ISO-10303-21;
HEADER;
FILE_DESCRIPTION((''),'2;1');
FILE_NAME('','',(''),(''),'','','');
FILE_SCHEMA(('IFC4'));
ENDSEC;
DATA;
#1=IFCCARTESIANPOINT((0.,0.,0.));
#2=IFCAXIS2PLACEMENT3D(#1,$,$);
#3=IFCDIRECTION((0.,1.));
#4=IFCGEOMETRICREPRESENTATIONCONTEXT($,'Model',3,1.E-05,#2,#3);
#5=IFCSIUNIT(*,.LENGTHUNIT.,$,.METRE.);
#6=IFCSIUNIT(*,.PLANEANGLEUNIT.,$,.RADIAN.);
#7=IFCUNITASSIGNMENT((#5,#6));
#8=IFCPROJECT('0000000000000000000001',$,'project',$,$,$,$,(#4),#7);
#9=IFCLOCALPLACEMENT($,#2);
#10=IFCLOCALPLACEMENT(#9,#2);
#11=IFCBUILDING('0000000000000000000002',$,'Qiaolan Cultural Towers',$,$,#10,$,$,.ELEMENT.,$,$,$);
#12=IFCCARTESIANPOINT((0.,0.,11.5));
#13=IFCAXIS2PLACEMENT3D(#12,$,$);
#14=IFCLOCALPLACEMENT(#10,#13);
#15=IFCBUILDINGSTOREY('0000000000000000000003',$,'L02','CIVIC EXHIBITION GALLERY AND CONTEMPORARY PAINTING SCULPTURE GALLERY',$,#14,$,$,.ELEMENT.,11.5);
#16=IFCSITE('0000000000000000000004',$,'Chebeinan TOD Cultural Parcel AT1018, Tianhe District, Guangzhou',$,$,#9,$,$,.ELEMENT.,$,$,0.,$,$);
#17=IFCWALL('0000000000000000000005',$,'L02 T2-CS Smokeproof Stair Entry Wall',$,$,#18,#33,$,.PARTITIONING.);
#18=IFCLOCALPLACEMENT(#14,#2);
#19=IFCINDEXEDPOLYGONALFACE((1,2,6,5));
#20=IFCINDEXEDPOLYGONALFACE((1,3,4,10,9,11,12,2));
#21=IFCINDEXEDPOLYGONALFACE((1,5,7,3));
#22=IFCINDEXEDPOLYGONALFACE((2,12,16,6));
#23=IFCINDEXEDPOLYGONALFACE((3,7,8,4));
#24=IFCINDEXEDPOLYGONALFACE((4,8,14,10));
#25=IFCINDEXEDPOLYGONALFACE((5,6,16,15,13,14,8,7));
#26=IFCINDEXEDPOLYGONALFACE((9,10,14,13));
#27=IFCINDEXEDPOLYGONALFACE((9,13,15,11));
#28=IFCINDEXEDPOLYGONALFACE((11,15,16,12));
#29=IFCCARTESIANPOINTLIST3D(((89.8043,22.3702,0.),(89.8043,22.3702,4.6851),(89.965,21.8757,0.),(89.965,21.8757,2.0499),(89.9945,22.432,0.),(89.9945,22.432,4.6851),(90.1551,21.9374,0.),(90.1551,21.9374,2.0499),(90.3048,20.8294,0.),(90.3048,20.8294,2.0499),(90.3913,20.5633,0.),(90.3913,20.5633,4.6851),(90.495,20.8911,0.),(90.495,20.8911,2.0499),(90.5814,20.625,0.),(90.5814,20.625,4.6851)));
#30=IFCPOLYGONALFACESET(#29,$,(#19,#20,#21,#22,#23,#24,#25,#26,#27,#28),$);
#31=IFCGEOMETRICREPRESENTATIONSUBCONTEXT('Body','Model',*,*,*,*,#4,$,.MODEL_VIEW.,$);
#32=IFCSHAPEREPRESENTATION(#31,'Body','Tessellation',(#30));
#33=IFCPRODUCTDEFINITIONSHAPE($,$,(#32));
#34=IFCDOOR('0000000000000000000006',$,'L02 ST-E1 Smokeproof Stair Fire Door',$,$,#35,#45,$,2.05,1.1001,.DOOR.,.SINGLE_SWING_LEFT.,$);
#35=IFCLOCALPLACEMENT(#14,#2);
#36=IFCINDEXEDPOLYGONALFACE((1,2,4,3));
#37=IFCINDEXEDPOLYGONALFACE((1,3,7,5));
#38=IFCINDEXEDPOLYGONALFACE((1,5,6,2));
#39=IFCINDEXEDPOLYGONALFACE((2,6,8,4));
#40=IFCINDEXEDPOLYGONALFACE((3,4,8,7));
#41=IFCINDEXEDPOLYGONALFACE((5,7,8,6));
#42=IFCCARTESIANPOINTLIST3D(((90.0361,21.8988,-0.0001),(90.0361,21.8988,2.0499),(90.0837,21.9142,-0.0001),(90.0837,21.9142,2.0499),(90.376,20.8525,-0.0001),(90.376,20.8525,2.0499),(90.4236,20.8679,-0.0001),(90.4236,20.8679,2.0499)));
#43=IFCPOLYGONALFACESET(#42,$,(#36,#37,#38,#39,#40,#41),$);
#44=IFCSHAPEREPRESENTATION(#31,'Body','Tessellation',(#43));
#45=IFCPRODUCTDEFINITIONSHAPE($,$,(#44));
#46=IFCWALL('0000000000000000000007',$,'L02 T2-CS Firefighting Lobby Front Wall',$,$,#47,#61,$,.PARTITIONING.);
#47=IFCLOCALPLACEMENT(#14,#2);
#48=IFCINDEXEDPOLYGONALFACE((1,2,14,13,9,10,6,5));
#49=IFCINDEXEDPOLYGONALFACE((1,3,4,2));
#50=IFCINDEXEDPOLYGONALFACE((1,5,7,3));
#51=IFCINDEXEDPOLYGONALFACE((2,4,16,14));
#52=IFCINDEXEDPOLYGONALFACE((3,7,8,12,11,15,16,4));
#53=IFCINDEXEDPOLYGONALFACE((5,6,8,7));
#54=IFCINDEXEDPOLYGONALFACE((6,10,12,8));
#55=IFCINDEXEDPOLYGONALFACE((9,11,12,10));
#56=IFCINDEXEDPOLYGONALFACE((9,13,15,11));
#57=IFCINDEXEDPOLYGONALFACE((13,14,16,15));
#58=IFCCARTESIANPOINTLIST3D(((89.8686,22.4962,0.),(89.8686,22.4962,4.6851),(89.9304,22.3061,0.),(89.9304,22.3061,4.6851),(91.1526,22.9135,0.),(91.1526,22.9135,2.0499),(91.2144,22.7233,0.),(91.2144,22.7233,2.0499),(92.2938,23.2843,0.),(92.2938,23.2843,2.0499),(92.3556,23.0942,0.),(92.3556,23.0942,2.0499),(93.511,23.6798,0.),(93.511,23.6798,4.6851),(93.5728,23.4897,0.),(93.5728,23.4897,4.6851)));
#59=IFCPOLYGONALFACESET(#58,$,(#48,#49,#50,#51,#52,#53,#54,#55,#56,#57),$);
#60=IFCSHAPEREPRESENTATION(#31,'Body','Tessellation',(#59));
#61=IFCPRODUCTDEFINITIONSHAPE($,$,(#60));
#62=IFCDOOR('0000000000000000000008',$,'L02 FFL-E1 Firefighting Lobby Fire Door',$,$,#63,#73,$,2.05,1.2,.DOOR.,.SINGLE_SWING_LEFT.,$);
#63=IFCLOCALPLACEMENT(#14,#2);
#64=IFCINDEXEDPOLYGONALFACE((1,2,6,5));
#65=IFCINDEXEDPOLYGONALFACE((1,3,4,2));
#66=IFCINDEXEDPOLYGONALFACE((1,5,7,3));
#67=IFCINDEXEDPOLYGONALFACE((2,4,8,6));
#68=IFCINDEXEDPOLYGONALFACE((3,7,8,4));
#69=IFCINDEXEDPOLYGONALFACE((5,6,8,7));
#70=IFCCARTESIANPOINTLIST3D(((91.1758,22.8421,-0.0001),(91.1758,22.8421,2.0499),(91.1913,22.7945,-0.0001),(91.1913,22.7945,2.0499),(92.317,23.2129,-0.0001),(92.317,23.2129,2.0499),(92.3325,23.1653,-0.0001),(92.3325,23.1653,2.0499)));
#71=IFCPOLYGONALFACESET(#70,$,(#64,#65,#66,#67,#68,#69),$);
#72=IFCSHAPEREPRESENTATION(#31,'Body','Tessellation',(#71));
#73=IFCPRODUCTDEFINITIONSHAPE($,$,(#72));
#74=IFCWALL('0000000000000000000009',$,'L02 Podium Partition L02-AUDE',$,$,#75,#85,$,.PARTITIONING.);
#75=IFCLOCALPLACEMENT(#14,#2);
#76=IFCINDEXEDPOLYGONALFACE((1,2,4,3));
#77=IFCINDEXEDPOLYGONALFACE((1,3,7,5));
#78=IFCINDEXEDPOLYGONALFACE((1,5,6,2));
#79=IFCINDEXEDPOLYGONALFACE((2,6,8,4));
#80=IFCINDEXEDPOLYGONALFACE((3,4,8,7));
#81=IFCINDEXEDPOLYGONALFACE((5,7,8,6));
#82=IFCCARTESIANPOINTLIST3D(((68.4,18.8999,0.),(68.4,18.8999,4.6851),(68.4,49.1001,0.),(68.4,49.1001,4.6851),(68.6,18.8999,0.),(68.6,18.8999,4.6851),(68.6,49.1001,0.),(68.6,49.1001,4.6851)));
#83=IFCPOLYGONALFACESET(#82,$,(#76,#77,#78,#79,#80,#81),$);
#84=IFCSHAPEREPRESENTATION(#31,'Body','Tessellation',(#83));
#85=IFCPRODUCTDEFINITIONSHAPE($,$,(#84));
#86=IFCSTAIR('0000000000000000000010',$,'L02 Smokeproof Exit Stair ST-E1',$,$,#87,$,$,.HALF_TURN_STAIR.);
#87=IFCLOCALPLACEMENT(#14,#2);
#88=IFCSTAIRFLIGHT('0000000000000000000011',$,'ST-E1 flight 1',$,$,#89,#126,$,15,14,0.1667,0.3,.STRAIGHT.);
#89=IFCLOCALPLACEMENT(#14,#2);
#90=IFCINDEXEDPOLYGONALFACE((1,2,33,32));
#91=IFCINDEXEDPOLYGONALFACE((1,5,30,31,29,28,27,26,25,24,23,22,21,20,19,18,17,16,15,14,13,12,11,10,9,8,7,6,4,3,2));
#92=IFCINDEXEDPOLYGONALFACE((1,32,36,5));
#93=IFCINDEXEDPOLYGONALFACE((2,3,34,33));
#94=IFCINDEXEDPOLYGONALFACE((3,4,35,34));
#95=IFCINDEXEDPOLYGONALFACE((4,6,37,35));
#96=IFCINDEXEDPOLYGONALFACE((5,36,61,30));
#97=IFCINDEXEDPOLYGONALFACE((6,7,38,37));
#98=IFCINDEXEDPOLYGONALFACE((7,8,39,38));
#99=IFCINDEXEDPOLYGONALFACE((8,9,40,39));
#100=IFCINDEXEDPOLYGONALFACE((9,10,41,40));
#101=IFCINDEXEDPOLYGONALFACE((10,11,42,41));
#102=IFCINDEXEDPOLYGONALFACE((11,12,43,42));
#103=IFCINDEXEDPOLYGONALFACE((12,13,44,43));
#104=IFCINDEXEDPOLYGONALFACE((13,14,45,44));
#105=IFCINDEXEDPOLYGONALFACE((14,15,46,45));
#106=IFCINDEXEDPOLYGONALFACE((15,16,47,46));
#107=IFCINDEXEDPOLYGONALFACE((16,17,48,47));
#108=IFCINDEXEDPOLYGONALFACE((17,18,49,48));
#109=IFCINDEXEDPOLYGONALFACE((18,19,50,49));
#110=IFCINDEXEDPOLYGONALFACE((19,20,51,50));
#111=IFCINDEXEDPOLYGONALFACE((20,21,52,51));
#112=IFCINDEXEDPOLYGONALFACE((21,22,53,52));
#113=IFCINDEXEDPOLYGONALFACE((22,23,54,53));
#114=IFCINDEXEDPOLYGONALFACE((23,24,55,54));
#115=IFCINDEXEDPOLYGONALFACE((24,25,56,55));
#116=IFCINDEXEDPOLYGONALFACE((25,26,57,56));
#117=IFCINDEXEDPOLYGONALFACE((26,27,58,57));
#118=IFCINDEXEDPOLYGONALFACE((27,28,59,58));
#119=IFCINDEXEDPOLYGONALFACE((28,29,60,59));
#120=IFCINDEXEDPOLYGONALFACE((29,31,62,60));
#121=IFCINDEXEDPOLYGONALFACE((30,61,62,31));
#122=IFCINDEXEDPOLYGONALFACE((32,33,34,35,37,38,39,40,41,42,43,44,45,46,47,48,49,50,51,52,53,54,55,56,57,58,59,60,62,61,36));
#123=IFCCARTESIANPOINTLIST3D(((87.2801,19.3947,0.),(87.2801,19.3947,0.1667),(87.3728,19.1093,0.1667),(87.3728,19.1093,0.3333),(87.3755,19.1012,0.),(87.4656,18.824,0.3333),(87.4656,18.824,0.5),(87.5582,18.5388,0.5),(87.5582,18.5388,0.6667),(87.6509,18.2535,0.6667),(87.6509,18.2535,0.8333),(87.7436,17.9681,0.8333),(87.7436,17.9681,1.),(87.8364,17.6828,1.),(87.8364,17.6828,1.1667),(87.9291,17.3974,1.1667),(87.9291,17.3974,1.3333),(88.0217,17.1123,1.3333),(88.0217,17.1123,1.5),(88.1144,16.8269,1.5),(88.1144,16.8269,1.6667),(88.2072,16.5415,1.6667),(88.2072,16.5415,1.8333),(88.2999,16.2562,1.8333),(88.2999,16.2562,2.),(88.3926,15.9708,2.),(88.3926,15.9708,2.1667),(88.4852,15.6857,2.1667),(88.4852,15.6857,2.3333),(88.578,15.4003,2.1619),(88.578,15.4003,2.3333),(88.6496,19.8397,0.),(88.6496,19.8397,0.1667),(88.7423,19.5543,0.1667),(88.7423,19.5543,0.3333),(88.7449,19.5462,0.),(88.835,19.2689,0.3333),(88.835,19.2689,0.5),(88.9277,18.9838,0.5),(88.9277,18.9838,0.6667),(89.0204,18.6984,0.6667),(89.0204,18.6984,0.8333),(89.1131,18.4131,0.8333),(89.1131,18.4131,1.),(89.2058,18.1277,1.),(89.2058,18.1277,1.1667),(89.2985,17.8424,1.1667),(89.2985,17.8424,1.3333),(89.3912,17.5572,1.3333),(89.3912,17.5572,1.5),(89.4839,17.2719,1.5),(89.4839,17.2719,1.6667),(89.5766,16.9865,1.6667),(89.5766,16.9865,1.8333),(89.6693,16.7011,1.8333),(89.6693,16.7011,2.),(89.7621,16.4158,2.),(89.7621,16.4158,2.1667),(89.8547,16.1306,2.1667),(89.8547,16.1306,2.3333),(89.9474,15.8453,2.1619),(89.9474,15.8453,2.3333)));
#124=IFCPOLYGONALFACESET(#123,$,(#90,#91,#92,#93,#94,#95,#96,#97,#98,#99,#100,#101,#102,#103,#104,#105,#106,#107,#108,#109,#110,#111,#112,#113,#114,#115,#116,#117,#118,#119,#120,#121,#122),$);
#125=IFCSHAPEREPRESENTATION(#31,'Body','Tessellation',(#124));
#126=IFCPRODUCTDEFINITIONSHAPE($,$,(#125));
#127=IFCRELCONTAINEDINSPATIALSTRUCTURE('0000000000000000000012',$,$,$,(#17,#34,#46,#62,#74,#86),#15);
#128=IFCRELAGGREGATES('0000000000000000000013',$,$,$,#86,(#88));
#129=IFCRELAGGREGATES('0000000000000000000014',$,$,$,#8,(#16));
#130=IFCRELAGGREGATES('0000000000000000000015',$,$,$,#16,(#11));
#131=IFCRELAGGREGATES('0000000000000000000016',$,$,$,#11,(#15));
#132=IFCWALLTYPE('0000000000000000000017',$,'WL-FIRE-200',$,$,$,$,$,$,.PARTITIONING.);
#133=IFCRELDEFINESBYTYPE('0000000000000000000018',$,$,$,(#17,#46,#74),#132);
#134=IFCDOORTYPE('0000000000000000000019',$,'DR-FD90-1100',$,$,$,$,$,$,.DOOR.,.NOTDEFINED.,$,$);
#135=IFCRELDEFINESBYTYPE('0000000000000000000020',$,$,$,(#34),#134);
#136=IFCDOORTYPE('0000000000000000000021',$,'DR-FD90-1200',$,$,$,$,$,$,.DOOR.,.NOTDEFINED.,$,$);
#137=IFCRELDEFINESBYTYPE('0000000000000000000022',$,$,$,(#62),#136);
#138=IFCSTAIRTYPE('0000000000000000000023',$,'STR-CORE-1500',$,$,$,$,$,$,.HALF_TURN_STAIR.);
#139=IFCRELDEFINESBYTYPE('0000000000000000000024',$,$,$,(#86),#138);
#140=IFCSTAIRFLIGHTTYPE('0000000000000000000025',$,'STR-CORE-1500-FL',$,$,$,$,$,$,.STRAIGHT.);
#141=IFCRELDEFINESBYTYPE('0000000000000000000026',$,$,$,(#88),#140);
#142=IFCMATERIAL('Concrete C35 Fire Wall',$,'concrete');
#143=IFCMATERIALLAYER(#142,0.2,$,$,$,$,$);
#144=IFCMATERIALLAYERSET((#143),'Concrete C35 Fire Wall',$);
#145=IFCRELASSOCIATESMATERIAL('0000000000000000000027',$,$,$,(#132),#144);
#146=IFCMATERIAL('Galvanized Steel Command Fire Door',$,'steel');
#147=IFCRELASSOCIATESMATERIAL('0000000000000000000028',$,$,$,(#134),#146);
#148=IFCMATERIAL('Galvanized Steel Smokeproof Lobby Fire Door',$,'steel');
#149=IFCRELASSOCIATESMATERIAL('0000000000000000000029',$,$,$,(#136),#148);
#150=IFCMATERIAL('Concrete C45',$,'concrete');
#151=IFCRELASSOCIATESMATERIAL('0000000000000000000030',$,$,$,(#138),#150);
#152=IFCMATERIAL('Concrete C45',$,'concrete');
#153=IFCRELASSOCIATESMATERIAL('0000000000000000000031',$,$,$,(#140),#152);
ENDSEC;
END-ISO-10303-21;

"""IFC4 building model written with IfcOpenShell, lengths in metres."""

from ifc_helpers import new_model, si_unit, direction, frame, frame_2d, origin, place, context, subcontext, project, spatial, polyline, rectangle, outline, extrude, material, layer, layer_set, type_object, element, fill, aggregate, save


model = new_model("IFC4")

# Units and contexts
model_context = context("Model", 3, precision=1e-05, world=origin(), true_north=direction((0.0, 1.0)))
body_context = subcontext(model_context, "Body", "Model", "MODEL_VIEW")
ifc_project = project(units=[si_unit("LENGTHUNIT", "METRE"), si_unit("PLANEANGLEUNIT", "RADIAN")], contexts=[model_context])

# Site, building, storey
site_placement = place(None, origin())
site = spatial("IfcSite", under=ifc_project, at=site_placement, Name="Chebeinan TOD Cultural Parcel AT1018, Tianhe District, Guangzhou", CompositionType="ELEMENT", RefElevation=0.0)
building_placement = place(site_placement, origin())
building = spatial("IfcBuilding", under=site, at=building_placement, Name="Qiaolan Cultural Towers", CompositionType="ELEMENT")
storey_placement = place(building_placement, frame((0.0, 0.0, 11.5)))
storey = spatial("IfcBuildingStorey", under=building, at=storey_placement, Name="L02", Description="CIVIC EXHIBITION GALLERY AND CONTEMPORARY PAINTING SCULPTURE GALLERY", CompositionType="ELEMENT", Elevation=11.5)

# Walls, openings, doors
ifc_material_1 = material(Name="Concrete C35 Fire Wall", Category="concrete")
ifc_layer_1 = layer(ifc_material_1, 0.2)
ifc_layer_set_1 = layer_set([ifc_layer_1], Name="Concrete C35 Fire Wall")
wall_type_1 = type_object("IfcWallType", Name="WL-FIRE-200", PredefinedType="PARTITIONING", material=ifc_layer_set_1)
wall_1_placement = place(storey_placement, frame((89.8994, 22.4011, 0.0), z_axis=(0.0, 0.0, 1.0), x_axis=(0.308932, -0.951084, 0.0)))
wall_1 = element("IfcWall", 1, at=wall_1_placement, inside=storey, type_object=wall_type_1, Name="L02 T2-CS Smokeproof Stair Entry Wall", PredefinedType="PARTITIONING", context=body_context, shape_type="SweptSolid", body=[
    extrude(rectangle(XDim=1.8999, YDim=0.2, at=frame_2d((0.95, 0.0))), origin(), (0.0, 0.0, 1.0), 4.6851),
])
opening_1_placement = place(wall_1_placement, frame((0.52, 0.0, 0.0)))
opening_1 = element("IfcOpeningElement", 2, at=opening_1_placement, cuts=wall_1, PredefinedType="OPENING", context=body_context, shape_type="SweptSolid", body=[
    extrude(rectangle(XDim=1.1001, YDim=2.05, at=frame_2d((0.55, 1.0249))), frame((0.0, 0.1099, 0.0), z_axis=(0.0, -1.0, 0.0), x_axis=(1.0, 0.0, 0.0)), (0.0, 0.0, 1.0), 0.22),
])
ifc_material_2 = material(Name="Galvanized Steel Command Fire Door", Category="steel")
door_type_1 = type_object("IfcDoorType", Name="DR-FD90-1100", OperationType="NOTDEFINED", PredefinedType="DOOR", material=ifc_material_2)
door_1_placement = place(opening_1_placement, origin())
door_1 = element("IfcDoor", 3, at=door_1_placement, inside=storey, type_object=door_type_1, Name="L02 ST-E1 Smokeproof Stair Fire Door", OperationType="SINGLE_SWING_LEFT", OverallHeight=2.05, OverallWidth=1.1001, PredefinedType="DOOR", context=body_context, shape_type="SweptSolid", body=[
    extrude(rectangle(XDim=1.1001, YDim=2.05, at=frame_2d((0.55, 1.0249))), frame((0.0, 0.0249, 0.0), z_axis=(0.0, -1.0, 0.0), x_axis=(1.0, 0.0, 0.0)), (0.0, 0.0, 1.0), 0.05),
])
fill(opening_1, door_1)
wall_2_placement = place(storey_placement, frame((89.8994, 22.4011, 0.0), z_axis=(0.0, 0.0, 1.0), x_axis=(0.951047, 0.309047, 0.0)))
wall_2 = element("IfcWall", 4, at=wall_2_placement, inside=storey, type_object=wall_type_1, Name="L02 T2-CS Firefighting Lobby Front Wall", PredefinedType="PARTITIONING", context=body_context, shape_type="SweptSolid", body=[
    extrude(rectangle(XDim=3.8298, YDim=0.2, at=frame_2d((1.915, 0.0))), origin(), (0.0, 0.0, 1.0), 4.6851),
])
opening_2_placement = place(wall_2_placement, frame((1.3501, 0.0, 0.0)))
opening_2 = element("IfcOpeningElement", 5, at=opening_2_placement, cuts=wall_2, PredefinedType="OPENING", context=body_context, shape_type="SweptSolid", body=[
    extrude(rectangle(XDim=1.2, YDim=2.05, at=frame_2d((0.6001, 1.0249))), frame((0.0, 0.1099, 0.0), z_axis=(0.0, -1.0, 0.0), x_axis=(1.0, 0.0, 0.0)), (0.0, 0.0, 1.0), 0.22),
])
ifc_material_3 = material(Name="Galvanized Steel Smokeproof Lobby Fire Door", Category="steel")
door_type_2 = type_object("IfcDoorType", Name="DR-FD90-1200", OperationType="NOTDEFINED", PredefinedType="DOOR", material=ifc_material_3)
door_2_placement = place(opening_2_placement, origin())
door_2 = element("IfcDoor", 6, at=door_2_placement, inside=storey, type_object=door_type_2, Name="L02 FFL-E1 Firefighting Lobby Fire Door", OperationType="SINGLE_SWING_LEFT", OverallHeight=2.05, OverallWidth=1.2, PredefinedType="DOOR", context=body_context, shape_type="SweptSolid", body=[
    extrude(rectangle(XDim=1.2, YDim=2.05, at=frame_2d((0.6001, 1.0249))), frame((0.0, 0.0249, 0.0), z_axis=(0.0, -1.0, 0.0), x_axis=(1.0, 0.0, 0.0)), (0.0, 0.0, 1.0), 0.05),
])
fill(opening_2, door_2)

# Wall
wall_3_placement = place(storey_placement, frame((68.5, 18.8999, 0.0), z_axis=(0.0, 0.0, 1.0), x_axis=(0.0, 1.0, 0.0)))
element("IfcWall", 7, at=wall_3_placement, inside=storey, type_object=wall_type_1, Name="L02 Podium Partition L02-AUDE", PredefinedType="PARTITIONING", context=body_context, shape_type="SweptSolid", body=[
    extrude(rectangle(XDim=30.2002, YDim=0.2, at=frame_2d((15.1001, 0.0))), origin(), (0.0, 0.0, 1.0), 4.6851),
])

# Stair, stair flight
ifc_material_4 = material(Name="Concrete C45", Category="concrete")
stair_type = type_object("IfcStairType", Name="STR-CORE-1500", PredefinedType="HALF_TURN_STAIR", material=ifc_material_4)
stair_placement = place(storey_placement, origin())
stair = element("IfcStair", 8, at=stair_placement, inside=storey, type_object=stair_type, Name="L02 Smokeproof Exit Stair ST-E1", PredefinedType="HALF_TURN_STAIR")
ifc_material_5 = material(Name="Concrete C45", Category="concrete")
stair_flight_type = type_object("IfcStairFlightType", Name="STR-CORE-1500-FL", PredefinedType="STRAIGHT", material=ifc_material_5)
stair_flight_placement = place(storey_placement, frame((87.9648, 19.6172, 0.0), z_axis=(0.0, 0.0, 1.0), x_axis=(0.309017, -0.951057, 0.0)))
stair_flight = element("IfcStairFlight", 9, at=stair_flight_placement, type_object=stair_flight_type, Name="ST-E1 flight 1", NumberOfRisers=15, NumberOfTreads=14, PredefinedType="STRAIGHT", RiserHeight=0.1667, TreadLength=0.3, context=body_context, shape_type="SweptSolid", body=[
    extrude(outline(polyline([(0.0, 0.0), (0.0, 0.1667), (0.3, 0.1667), (0.3, 0.3333), (0.6001, 0.3333), (0.6001, 0.5), (0.8999, 0.5), (0.8999, 0.6667), (1.2, 0.6667), (1.2, 0.8333), (1.5, 0.8333), (1.5, 1.0), (1.8, 1.0), (1.8, 1.1667), (2.1001, 1.1667), (2.1001, 1.3333), (2.3999, 1.3333), (2.3999, 1.5), (2.7, 1.5), (2.7, 1.6667), (3.0, 1.6667), (3.0, 1.8333), (3.3, 1.8333), (3.3, 2.0), (3.6001, 2.0), (3.6001, 2.1667), (3.8999, 2.1667), (3.8999, 2.3333), (4.2, 2.3333), (4.2, 2.5), (4.2, 2.1619), (0.3086, 0.0), (0.0, 0.0)])), frame((0.0, 0.72, 0.0), z_axis=(0.0, -1.0, 0.0), x_axis=(1.0, 0.0, 0.0)), (0.0, 0.0, 1.0), 1.4399),
])
aggregate(stair, [stair_flight])

save(model, "model.ifc")
